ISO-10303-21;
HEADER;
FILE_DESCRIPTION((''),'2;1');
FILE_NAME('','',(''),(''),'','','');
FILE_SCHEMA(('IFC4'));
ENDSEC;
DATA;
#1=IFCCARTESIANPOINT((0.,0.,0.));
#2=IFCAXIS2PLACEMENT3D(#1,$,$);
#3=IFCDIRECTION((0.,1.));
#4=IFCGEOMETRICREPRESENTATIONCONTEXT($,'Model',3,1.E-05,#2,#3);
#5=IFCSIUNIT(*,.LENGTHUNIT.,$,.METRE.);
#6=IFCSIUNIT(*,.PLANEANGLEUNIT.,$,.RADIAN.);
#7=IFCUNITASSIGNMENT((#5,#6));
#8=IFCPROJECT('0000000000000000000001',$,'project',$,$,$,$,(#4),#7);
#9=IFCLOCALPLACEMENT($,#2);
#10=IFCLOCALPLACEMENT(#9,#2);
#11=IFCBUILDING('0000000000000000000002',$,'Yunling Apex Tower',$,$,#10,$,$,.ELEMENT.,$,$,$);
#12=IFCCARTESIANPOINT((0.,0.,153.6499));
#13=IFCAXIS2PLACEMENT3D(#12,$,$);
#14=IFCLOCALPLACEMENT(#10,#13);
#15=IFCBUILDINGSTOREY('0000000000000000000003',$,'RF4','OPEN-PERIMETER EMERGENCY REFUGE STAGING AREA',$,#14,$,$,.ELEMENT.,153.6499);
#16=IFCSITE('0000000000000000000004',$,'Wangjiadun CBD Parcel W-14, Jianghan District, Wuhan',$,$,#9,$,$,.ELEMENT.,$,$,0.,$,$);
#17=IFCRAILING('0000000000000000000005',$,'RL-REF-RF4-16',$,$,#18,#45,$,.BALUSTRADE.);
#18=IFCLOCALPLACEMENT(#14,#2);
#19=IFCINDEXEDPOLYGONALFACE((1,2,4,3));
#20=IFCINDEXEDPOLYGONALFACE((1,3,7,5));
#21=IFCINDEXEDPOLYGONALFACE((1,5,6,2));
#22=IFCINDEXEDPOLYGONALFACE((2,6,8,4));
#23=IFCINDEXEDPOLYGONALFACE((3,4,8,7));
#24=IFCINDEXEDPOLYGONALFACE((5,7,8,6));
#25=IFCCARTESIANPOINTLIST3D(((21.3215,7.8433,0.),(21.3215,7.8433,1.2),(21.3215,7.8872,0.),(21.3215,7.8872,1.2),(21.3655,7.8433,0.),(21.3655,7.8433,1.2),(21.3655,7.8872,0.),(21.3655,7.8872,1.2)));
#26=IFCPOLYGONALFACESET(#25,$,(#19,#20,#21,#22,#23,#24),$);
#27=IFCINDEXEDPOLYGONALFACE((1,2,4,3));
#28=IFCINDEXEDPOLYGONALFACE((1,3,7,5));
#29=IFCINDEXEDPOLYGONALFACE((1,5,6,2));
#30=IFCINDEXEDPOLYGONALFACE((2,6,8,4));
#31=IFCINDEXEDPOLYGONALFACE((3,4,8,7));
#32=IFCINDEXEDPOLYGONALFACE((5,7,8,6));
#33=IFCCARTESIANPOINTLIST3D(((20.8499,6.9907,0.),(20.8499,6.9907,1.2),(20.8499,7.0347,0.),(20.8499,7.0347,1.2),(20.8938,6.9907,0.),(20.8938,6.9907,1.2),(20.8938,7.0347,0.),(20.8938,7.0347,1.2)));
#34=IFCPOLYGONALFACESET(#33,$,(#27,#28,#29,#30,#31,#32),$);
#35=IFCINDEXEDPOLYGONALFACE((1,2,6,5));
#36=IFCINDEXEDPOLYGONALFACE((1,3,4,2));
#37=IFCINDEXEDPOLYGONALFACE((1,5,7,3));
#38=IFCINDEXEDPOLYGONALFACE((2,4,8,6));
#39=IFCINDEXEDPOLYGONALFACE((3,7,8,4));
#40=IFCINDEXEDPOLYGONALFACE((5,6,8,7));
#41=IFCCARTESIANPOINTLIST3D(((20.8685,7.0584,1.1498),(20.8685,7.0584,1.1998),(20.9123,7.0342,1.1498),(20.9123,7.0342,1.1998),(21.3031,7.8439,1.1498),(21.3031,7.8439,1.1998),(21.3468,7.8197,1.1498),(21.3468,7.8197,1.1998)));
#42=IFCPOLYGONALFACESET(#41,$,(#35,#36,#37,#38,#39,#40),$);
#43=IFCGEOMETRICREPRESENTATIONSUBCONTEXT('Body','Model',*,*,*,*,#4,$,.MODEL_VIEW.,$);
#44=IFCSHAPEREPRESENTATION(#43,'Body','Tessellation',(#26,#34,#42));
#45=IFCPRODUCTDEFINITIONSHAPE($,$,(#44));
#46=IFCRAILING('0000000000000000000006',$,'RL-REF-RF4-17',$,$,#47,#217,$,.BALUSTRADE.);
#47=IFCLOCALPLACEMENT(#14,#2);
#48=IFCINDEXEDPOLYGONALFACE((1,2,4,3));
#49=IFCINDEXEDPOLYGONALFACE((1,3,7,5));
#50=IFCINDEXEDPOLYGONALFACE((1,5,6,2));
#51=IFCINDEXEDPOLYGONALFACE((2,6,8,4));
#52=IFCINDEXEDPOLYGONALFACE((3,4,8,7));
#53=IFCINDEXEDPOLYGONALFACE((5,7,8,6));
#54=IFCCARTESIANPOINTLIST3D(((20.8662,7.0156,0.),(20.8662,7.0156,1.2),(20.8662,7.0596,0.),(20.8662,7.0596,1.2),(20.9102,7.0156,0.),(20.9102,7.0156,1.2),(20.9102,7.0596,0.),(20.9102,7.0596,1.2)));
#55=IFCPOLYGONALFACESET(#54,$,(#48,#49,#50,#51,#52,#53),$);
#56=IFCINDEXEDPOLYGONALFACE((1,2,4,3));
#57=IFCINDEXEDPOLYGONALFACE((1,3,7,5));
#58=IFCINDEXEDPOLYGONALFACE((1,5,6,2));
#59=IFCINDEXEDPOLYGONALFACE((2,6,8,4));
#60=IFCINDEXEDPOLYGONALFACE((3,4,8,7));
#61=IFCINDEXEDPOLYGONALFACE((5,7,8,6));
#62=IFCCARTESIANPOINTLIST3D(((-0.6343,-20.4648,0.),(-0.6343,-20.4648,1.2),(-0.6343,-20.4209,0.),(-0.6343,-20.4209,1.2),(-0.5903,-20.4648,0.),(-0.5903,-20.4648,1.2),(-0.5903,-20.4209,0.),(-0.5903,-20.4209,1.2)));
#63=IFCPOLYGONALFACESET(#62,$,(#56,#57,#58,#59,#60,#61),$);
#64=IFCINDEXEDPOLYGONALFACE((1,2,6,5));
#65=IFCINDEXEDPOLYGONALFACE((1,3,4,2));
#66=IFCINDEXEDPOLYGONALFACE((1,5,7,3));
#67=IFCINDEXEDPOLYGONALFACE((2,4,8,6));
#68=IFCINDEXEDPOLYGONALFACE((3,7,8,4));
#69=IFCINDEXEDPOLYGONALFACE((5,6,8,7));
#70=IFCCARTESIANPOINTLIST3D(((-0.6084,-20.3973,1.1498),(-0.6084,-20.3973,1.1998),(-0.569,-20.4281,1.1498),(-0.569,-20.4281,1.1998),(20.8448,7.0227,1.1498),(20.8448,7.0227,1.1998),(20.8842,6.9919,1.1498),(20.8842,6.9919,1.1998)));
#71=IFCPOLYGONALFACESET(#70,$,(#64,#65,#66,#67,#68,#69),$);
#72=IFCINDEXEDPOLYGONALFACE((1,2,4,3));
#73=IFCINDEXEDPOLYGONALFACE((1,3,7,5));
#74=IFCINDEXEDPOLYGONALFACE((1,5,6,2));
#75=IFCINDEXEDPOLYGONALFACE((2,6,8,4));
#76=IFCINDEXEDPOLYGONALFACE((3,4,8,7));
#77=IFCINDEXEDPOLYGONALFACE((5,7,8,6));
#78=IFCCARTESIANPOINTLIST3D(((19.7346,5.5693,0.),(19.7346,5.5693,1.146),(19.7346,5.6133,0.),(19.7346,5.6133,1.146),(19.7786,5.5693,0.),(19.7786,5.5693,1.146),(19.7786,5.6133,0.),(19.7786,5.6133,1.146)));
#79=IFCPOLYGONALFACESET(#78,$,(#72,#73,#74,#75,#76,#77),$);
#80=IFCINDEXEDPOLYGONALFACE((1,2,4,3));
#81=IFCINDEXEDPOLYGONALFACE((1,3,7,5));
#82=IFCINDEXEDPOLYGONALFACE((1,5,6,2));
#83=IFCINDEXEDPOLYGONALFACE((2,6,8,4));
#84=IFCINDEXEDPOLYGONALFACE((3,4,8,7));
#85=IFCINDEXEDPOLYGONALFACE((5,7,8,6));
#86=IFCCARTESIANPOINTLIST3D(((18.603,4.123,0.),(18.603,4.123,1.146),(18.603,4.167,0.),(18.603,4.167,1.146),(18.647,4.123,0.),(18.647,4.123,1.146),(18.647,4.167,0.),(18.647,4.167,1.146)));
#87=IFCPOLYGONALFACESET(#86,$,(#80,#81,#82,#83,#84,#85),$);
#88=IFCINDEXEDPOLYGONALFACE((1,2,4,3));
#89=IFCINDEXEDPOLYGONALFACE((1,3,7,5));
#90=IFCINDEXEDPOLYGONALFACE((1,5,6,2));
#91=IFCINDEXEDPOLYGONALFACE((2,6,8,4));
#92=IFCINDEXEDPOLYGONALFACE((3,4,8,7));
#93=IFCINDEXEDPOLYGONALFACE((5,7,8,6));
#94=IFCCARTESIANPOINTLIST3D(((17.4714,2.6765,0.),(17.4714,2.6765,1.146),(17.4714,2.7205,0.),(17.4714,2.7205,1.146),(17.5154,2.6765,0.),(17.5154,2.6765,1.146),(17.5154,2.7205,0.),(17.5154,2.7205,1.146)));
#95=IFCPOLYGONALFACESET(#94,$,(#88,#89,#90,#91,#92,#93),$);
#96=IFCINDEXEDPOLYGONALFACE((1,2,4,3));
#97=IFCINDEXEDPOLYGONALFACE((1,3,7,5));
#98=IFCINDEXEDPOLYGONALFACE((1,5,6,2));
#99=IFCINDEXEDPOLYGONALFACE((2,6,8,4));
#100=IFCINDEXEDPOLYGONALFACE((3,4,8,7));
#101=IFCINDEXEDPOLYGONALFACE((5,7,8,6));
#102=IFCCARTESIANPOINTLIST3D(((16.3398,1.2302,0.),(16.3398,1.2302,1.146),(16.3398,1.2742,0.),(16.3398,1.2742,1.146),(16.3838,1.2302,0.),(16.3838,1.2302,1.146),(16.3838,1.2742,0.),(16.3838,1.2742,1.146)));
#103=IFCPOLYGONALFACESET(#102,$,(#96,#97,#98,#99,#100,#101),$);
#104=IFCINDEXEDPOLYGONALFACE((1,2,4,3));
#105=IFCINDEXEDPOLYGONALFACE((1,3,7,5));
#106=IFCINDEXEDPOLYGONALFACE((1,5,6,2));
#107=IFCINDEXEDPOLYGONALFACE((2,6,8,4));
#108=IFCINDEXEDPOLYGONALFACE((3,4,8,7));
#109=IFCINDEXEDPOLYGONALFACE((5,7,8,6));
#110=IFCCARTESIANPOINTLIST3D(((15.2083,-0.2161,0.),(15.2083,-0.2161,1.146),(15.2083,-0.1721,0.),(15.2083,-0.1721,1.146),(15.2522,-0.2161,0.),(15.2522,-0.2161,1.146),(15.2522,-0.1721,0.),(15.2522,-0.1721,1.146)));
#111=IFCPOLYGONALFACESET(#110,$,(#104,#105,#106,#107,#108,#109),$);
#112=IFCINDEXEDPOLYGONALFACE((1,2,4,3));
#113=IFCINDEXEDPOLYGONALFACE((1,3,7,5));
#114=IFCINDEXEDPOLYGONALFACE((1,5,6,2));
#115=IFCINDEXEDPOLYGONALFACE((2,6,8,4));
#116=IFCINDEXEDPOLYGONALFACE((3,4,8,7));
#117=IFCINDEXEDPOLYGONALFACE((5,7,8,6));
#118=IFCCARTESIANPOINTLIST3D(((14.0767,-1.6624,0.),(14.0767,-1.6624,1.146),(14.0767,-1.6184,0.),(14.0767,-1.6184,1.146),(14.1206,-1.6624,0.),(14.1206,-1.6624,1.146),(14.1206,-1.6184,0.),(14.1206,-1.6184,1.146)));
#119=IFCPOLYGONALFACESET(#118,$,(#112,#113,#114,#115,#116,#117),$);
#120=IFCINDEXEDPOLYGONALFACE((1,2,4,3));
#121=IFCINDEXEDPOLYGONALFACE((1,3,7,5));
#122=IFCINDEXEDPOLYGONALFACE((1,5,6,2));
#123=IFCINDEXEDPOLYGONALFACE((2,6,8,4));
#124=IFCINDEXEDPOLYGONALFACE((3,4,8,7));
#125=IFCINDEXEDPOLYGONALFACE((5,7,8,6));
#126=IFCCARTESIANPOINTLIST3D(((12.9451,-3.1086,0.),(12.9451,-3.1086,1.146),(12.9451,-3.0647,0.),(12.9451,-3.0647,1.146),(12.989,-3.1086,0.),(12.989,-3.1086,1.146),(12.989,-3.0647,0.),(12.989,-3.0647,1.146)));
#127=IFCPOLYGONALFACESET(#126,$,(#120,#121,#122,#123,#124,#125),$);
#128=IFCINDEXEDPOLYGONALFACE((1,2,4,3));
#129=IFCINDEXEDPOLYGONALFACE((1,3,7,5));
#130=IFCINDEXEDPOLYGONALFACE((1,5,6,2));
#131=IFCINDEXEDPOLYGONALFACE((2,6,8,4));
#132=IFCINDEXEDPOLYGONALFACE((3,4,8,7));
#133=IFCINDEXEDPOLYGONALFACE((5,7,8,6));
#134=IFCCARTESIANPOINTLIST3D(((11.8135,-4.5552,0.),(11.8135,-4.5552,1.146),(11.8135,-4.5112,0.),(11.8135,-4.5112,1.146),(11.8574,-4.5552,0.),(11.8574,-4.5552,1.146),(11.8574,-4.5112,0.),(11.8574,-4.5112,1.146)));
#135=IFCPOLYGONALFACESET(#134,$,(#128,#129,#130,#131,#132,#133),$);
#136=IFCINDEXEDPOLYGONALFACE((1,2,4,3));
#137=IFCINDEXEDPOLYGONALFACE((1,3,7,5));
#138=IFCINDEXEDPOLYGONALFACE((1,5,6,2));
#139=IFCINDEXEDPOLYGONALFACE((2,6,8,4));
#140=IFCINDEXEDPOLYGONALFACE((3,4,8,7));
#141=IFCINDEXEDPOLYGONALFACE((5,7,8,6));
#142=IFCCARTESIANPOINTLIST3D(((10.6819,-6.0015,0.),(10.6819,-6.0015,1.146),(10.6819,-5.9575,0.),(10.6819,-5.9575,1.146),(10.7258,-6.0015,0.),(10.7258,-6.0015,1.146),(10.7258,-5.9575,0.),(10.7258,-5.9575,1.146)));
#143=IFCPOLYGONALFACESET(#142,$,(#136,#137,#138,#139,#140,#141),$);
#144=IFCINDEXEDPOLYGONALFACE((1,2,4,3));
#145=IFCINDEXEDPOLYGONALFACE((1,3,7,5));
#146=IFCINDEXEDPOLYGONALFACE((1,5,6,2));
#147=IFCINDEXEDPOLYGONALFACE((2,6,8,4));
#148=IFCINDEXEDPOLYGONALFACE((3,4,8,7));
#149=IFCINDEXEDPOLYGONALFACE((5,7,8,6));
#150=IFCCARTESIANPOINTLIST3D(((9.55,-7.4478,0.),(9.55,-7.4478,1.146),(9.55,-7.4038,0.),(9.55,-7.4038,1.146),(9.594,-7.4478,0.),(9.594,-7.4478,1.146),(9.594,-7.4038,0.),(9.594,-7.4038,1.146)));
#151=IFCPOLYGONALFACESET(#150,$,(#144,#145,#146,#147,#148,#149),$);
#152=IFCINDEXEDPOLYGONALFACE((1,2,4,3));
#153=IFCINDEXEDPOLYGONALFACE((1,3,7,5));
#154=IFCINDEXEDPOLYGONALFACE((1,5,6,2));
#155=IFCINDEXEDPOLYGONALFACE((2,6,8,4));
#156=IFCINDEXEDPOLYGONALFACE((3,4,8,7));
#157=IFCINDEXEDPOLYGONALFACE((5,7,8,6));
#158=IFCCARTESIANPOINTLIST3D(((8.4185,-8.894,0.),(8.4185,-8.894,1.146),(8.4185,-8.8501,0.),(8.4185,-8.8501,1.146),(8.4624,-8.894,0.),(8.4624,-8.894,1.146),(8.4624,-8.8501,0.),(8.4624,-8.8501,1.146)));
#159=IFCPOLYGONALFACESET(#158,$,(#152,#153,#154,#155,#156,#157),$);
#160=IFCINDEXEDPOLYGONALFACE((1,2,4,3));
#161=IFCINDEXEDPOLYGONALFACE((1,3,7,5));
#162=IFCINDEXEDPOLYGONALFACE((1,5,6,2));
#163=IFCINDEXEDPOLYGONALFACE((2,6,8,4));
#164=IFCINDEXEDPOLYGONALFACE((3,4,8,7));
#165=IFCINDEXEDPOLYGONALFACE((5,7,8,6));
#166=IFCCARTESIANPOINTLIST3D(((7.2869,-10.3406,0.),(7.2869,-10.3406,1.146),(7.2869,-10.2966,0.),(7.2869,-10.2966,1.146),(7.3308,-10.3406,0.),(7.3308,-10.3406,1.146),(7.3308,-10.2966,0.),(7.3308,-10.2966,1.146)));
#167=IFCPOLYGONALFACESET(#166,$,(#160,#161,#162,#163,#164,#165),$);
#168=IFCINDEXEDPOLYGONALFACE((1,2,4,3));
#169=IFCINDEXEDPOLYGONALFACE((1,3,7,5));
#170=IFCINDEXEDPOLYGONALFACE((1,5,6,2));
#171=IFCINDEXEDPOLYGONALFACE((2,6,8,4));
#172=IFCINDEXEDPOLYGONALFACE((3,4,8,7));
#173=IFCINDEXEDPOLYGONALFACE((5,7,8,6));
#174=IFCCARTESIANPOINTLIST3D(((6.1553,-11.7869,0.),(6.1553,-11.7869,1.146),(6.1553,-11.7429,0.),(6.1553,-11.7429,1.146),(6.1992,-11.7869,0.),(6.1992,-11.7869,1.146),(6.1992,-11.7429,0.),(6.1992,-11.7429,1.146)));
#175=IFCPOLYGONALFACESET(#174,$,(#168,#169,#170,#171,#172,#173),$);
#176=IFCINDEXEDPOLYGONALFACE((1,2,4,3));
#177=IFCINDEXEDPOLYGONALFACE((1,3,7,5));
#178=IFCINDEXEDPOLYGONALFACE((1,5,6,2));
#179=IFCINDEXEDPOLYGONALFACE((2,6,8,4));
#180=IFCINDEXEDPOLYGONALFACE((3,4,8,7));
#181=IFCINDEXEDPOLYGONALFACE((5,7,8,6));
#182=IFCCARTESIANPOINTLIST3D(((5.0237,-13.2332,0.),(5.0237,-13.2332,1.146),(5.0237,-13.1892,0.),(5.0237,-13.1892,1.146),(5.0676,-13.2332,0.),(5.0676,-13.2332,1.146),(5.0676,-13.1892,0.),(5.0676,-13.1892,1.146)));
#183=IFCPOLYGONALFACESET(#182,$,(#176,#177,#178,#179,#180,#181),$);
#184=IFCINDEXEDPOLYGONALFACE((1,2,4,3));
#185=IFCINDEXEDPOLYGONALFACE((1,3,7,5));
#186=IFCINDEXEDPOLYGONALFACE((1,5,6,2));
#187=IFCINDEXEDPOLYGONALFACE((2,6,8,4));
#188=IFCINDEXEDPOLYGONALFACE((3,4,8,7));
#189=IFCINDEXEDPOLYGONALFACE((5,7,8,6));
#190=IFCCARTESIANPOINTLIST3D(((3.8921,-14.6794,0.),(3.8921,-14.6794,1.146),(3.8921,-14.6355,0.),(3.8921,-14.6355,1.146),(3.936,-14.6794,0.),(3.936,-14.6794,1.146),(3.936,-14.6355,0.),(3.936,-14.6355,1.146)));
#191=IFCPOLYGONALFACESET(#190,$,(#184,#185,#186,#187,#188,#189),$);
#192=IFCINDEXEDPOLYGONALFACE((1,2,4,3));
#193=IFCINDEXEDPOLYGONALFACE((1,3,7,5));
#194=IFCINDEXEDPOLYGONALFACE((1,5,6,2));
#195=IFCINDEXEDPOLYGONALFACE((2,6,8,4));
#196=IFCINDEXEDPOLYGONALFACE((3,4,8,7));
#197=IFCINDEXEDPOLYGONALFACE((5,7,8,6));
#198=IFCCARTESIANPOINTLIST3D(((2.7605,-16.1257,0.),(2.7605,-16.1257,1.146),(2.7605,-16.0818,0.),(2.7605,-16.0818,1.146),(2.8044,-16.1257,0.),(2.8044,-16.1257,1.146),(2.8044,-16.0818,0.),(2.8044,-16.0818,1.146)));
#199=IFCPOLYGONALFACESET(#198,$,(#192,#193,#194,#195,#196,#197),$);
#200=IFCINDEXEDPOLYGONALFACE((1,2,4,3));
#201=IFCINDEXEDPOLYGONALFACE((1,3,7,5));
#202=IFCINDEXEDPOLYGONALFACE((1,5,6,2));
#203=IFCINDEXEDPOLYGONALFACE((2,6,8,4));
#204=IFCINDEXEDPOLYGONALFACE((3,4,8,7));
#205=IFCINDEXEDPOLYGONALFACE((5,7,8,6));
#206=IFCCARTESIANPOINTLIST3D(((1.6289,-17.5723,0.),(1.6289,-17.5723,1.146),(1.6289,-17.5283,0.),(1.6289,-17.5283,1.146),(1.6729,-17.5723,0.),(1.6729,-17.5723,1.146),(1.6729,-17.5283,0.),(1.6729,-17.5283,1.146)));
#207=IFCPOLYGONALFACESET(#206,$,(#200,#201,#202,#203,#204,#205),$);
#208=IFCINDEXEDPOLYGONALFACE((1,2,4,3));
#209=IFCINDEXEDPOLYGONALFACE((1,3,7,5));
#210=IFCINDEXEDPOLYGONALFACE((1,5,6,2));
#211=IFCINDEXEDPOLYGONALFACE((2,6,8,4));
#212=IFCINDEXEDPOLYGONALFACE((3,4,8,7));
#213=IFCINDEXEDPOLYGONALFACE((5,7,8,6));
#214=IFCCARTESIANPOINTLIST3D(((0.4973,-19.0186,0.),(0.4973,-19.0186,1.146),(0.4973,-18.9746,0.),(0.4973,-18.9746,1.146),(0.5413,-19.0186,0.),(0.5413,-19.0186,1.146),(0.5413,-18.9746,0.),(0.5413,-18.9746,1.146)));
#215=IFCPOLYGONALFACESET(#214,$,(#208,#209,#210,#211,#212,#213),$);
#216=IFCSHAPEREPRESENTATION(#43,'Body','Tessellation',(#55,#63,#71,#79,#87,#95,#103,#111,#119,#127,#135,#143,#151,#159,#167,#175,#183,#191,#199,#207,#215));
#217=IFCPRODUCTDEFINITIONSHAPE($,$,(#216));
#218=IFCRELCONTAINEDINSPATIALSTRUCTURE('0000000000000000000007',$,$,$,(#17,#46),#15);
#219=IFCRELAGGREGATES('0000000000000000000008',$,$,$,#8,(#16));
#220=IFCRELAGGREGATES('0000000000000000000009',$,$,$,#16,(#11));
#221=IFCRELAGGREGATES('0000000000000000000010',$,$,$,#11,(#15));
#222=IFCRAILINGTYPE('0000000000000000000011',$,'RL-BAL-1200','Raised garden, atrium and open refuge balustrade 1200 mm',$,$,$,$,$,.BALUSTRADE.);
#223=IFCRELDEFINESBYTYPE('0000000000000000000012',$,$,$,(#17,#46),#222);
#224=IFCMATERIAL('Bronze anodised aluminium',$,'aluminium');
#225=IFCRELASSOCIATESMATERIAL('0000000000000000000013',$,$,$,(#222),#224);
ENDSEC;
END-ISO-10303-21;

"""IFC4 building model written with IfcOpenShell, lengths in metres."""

from ifc_helpers import new_model, si_unit, direction, frame, origin, origin_2d, place, context, subcontext, project, spatial, rectangle, extrude, material, type_object, element, save


model = new_model("IFC4")

# Units and contexts
model_context = context("Model", 3, precision=1e-05, world=origin(), true_north=direction((0.0, 1.0)))
body_context = subcontext(model_context, "Body", "Model", "MODEL_VIEW")
ifc_project = project(units=[si_unit("LENGTHUNIT", "METRE"), si_unit("PLANEANGLEUNIT", "RADIAN")], contexts=[model_context])

# Site, building, storey
site_placement = place(None, origin())
site = spatial("IfcSite", under=ifc_project, at=site_placement, Name="Wangjiadun CBD Parcel W-14, Jianghan District, Wuhan", CompositionType="ELEMENT", RefElevation=0.0)
building_placement = place(site_placement, origin())
building = spatial("IfcBuilding", under=site, at=building_placement, Name="Yunling Apex Tower", CompositionType="ELEMENT")
storey_placement = place(building_placement, frame((0.0, 0.0, 153.6499)))
storey = spatial("IfcBuildingStorey", under=building, at=storey_placement, Name="RF4", Description="OPEN-PERIMETER EMERGENCY REFUGE STAGING AREA", CompositionType="ELEMENT", Elevation=153.6499)

# Railings
ifc_material_1 = material(Name="Bronze anodised aluminium", Category="aluminium")
railing_type = type_object("IfcRailingType", Name="RL-BAL-1200", Description="Raised garden, atrium and open refuge balustrade 1200 mm", PredefinedType="BALUSTRADE", material=ifc_material_1)
railing_1_placement = place(storey_placement, frame((21.3435, 7.8652, 0.0)))
element("IfcRailing", 1, at=railing_1_placement, inside=storey, type_object=railing_type, Name="RL-REF-RF4-16", PredefinedType="BALUSTRADE", context=body_context, shape_type="SweptSolid", body=[
    extrude(rectangle(XDim=0.0439, YDim=0.0439, at=origin_2d()), origin(), (0.0, 0.0, 1.0), 1.2),
    extrude(rectangle(XDim=0.0439, YDim=0.0439, at=origin_2d()), frame((-0.4717, -0.8525, 0.0)), (0.0, 0.0, 1.0), 1.2),
    extrude(rectangle(XDim=0.05, YDim=0.05, at=origin_2d()), frame((-0.0186, -0.0334, 1.1748), z_axis=(-0.48411, -0.875007, 0.0), x_axis=(0.875007, -0.48411, 0.0)), (0.0, 0.0, 1.0), 0.8977),
])
railing_2_placement = place(storey_placement, frame((20.8882, 7.0376, 0.0)))
element("IfcRailing", 2, at=railing_2_placement, inside=storey, type_object=railing_type, Name="RL-REF-RF4-17", PredefinedType="BALUSTRADE", context=body_context, shape_type="SweptSolid", body=[
    extrude(rectangle(XDim=0.0439, YDim=0.0439, at=origin_2d()), origin(), (0.0, 0.0, 1.0), 1.2),
    extrude(rectangle(XDim=0.0439, YDim=0.0439, at=origin_2d()), frame((-21.5005, -27.4805, 0.0)), (0.0, 0.0, 1.0), 1.2),
    extrude(rectangle(XDim=0.05, YDim=0.05, at=origin_2d()), frame((-0.0237, -0.0303, 1.1748), z_axis=(-0.616202, -0.787588, 0.0), x_axis=(0.787588, -0.616202, 0.0)), (0.0, 0.0, 1.0), 34.8152),
    extrude(rectangle(XDim=0.0439, YDim=0.0439, at=origin_2d()), frame((-1.1316, -1.4463, 0.0)), (0.0, 0.0, 1.0), 1.146),
    extrude(rectangle(XDim=0.0439, YDim=0.0439, at=origin_2d()), frame((-2.2632, -2.8926, 0.0)), (0.0, 0.0, 1.0), 1.146),
    extrude(rectangle(XDim=0.0439, YDim=0.0439, at=origin_2d()), frame((-3.3948, -4.3391, 0.0)), (0.0, 0.0, 1.0), 1.146),
    extrude(rectangle(XDim=0.0439, YDim=0.0439, at=origin_2d()), frame((-4.5264, -5.7854, 0.0)), (0.0, 0.0, 1.0), 1.146),
    extrude(rectangle(XDim=0.0439, YDim=0.0439, at=origin_2d()), frame((-5.658, -7.2317, 0.0)), (0.0, 0.0, 1.0), 1.146),
    extrude(rectangle(XDim=0.0439, YDim=0.0439, at=origin_2d()), frame((-6.7896, -8.678, 0.0)), (0.0, 0.0, 1.0), 1.146),
    extrude(rectangle(XDim=0.0439, YDim=0.0439, at=origin_2d()), frame((-7.9211, -10.1243, 0.0)), (0.0, 0.0, 1.0), 1.146),
    extrude(rectangle(XDim=0.0439, YDim=0.0439, at=origin_2d()), frame((-9.0527, -11.5708, 0.0)), (0.0, 0.0, 1.0), 1.146),
    extrude(rectangle(XDim=0.0439, YDim=0.0439, at=origin_2d()), frame((-10.1843, -13.0171, 0.0)), (0.0, 0.0, 1.0), 1.146),
    extrude(rectangle(XDim=0.0439, YDim=0.0439, at=origin_2d()), frame((-11.3162, -14.4634, 0.0)), (0.0, 0.0, 1.0), 1.146),
    extrude(rectangle(XDim=0.0439, YDim=0.0439, at=origin_2d()), frame((-12.4478, -15.9097, 0.0)), (0.0, 0.0, 1.0), 1.146),
    extrude(rectangle(XDim=0.0439, YDim=0.0439, at=origin_2d()), frame((-13.5793, -17.3562, 0.0)), (0.0, 0.0, 1.0), 1.146),
    extrude(rectangle(XDim=0.0439, YDim=0.0439, at=origin_2d()), frame((-14.7109, -18.8025, 0.0)), (0.0, 0.0, 1.0), 1.146),
    extrude(rectangle(XDim=0.0439, YDim=0.0439, at=origin_2d()), frame((-15.8425, -20.2488, 0.0)), (0.0, 0.0, 1.0), 1.146),
    extrude(rectangle(XDim=0.0439, YDim=0.0439, at=origin_2d()), frame((-16.9741, -21.6951, 0.0)), (0.0, 0.0, 1.0), 1.146),
    extrude(rectangle(XDim=0.0439, YDim=0.0439, at=origin_2d()), frame((-18.1057, -23.1414, 0.0)), (0.0, 0.0, 1.0), 1.146),
    extrude(rectangle(XDim=0.0439, YDim=0.0439, at=origin_2d()), frame((-19.2373, -24.5879, 0.0)), (0.0, 0.0, 1.0), 1.146),
    extrude(rectangle(XDim=0.0439, YDim=0.0439, at=origin_2d()), frame((-20.3689, -26.0342, 0.0)), (0.0, 0.0, 1.0), 1.146),
])

save(model, "model.ifc")
